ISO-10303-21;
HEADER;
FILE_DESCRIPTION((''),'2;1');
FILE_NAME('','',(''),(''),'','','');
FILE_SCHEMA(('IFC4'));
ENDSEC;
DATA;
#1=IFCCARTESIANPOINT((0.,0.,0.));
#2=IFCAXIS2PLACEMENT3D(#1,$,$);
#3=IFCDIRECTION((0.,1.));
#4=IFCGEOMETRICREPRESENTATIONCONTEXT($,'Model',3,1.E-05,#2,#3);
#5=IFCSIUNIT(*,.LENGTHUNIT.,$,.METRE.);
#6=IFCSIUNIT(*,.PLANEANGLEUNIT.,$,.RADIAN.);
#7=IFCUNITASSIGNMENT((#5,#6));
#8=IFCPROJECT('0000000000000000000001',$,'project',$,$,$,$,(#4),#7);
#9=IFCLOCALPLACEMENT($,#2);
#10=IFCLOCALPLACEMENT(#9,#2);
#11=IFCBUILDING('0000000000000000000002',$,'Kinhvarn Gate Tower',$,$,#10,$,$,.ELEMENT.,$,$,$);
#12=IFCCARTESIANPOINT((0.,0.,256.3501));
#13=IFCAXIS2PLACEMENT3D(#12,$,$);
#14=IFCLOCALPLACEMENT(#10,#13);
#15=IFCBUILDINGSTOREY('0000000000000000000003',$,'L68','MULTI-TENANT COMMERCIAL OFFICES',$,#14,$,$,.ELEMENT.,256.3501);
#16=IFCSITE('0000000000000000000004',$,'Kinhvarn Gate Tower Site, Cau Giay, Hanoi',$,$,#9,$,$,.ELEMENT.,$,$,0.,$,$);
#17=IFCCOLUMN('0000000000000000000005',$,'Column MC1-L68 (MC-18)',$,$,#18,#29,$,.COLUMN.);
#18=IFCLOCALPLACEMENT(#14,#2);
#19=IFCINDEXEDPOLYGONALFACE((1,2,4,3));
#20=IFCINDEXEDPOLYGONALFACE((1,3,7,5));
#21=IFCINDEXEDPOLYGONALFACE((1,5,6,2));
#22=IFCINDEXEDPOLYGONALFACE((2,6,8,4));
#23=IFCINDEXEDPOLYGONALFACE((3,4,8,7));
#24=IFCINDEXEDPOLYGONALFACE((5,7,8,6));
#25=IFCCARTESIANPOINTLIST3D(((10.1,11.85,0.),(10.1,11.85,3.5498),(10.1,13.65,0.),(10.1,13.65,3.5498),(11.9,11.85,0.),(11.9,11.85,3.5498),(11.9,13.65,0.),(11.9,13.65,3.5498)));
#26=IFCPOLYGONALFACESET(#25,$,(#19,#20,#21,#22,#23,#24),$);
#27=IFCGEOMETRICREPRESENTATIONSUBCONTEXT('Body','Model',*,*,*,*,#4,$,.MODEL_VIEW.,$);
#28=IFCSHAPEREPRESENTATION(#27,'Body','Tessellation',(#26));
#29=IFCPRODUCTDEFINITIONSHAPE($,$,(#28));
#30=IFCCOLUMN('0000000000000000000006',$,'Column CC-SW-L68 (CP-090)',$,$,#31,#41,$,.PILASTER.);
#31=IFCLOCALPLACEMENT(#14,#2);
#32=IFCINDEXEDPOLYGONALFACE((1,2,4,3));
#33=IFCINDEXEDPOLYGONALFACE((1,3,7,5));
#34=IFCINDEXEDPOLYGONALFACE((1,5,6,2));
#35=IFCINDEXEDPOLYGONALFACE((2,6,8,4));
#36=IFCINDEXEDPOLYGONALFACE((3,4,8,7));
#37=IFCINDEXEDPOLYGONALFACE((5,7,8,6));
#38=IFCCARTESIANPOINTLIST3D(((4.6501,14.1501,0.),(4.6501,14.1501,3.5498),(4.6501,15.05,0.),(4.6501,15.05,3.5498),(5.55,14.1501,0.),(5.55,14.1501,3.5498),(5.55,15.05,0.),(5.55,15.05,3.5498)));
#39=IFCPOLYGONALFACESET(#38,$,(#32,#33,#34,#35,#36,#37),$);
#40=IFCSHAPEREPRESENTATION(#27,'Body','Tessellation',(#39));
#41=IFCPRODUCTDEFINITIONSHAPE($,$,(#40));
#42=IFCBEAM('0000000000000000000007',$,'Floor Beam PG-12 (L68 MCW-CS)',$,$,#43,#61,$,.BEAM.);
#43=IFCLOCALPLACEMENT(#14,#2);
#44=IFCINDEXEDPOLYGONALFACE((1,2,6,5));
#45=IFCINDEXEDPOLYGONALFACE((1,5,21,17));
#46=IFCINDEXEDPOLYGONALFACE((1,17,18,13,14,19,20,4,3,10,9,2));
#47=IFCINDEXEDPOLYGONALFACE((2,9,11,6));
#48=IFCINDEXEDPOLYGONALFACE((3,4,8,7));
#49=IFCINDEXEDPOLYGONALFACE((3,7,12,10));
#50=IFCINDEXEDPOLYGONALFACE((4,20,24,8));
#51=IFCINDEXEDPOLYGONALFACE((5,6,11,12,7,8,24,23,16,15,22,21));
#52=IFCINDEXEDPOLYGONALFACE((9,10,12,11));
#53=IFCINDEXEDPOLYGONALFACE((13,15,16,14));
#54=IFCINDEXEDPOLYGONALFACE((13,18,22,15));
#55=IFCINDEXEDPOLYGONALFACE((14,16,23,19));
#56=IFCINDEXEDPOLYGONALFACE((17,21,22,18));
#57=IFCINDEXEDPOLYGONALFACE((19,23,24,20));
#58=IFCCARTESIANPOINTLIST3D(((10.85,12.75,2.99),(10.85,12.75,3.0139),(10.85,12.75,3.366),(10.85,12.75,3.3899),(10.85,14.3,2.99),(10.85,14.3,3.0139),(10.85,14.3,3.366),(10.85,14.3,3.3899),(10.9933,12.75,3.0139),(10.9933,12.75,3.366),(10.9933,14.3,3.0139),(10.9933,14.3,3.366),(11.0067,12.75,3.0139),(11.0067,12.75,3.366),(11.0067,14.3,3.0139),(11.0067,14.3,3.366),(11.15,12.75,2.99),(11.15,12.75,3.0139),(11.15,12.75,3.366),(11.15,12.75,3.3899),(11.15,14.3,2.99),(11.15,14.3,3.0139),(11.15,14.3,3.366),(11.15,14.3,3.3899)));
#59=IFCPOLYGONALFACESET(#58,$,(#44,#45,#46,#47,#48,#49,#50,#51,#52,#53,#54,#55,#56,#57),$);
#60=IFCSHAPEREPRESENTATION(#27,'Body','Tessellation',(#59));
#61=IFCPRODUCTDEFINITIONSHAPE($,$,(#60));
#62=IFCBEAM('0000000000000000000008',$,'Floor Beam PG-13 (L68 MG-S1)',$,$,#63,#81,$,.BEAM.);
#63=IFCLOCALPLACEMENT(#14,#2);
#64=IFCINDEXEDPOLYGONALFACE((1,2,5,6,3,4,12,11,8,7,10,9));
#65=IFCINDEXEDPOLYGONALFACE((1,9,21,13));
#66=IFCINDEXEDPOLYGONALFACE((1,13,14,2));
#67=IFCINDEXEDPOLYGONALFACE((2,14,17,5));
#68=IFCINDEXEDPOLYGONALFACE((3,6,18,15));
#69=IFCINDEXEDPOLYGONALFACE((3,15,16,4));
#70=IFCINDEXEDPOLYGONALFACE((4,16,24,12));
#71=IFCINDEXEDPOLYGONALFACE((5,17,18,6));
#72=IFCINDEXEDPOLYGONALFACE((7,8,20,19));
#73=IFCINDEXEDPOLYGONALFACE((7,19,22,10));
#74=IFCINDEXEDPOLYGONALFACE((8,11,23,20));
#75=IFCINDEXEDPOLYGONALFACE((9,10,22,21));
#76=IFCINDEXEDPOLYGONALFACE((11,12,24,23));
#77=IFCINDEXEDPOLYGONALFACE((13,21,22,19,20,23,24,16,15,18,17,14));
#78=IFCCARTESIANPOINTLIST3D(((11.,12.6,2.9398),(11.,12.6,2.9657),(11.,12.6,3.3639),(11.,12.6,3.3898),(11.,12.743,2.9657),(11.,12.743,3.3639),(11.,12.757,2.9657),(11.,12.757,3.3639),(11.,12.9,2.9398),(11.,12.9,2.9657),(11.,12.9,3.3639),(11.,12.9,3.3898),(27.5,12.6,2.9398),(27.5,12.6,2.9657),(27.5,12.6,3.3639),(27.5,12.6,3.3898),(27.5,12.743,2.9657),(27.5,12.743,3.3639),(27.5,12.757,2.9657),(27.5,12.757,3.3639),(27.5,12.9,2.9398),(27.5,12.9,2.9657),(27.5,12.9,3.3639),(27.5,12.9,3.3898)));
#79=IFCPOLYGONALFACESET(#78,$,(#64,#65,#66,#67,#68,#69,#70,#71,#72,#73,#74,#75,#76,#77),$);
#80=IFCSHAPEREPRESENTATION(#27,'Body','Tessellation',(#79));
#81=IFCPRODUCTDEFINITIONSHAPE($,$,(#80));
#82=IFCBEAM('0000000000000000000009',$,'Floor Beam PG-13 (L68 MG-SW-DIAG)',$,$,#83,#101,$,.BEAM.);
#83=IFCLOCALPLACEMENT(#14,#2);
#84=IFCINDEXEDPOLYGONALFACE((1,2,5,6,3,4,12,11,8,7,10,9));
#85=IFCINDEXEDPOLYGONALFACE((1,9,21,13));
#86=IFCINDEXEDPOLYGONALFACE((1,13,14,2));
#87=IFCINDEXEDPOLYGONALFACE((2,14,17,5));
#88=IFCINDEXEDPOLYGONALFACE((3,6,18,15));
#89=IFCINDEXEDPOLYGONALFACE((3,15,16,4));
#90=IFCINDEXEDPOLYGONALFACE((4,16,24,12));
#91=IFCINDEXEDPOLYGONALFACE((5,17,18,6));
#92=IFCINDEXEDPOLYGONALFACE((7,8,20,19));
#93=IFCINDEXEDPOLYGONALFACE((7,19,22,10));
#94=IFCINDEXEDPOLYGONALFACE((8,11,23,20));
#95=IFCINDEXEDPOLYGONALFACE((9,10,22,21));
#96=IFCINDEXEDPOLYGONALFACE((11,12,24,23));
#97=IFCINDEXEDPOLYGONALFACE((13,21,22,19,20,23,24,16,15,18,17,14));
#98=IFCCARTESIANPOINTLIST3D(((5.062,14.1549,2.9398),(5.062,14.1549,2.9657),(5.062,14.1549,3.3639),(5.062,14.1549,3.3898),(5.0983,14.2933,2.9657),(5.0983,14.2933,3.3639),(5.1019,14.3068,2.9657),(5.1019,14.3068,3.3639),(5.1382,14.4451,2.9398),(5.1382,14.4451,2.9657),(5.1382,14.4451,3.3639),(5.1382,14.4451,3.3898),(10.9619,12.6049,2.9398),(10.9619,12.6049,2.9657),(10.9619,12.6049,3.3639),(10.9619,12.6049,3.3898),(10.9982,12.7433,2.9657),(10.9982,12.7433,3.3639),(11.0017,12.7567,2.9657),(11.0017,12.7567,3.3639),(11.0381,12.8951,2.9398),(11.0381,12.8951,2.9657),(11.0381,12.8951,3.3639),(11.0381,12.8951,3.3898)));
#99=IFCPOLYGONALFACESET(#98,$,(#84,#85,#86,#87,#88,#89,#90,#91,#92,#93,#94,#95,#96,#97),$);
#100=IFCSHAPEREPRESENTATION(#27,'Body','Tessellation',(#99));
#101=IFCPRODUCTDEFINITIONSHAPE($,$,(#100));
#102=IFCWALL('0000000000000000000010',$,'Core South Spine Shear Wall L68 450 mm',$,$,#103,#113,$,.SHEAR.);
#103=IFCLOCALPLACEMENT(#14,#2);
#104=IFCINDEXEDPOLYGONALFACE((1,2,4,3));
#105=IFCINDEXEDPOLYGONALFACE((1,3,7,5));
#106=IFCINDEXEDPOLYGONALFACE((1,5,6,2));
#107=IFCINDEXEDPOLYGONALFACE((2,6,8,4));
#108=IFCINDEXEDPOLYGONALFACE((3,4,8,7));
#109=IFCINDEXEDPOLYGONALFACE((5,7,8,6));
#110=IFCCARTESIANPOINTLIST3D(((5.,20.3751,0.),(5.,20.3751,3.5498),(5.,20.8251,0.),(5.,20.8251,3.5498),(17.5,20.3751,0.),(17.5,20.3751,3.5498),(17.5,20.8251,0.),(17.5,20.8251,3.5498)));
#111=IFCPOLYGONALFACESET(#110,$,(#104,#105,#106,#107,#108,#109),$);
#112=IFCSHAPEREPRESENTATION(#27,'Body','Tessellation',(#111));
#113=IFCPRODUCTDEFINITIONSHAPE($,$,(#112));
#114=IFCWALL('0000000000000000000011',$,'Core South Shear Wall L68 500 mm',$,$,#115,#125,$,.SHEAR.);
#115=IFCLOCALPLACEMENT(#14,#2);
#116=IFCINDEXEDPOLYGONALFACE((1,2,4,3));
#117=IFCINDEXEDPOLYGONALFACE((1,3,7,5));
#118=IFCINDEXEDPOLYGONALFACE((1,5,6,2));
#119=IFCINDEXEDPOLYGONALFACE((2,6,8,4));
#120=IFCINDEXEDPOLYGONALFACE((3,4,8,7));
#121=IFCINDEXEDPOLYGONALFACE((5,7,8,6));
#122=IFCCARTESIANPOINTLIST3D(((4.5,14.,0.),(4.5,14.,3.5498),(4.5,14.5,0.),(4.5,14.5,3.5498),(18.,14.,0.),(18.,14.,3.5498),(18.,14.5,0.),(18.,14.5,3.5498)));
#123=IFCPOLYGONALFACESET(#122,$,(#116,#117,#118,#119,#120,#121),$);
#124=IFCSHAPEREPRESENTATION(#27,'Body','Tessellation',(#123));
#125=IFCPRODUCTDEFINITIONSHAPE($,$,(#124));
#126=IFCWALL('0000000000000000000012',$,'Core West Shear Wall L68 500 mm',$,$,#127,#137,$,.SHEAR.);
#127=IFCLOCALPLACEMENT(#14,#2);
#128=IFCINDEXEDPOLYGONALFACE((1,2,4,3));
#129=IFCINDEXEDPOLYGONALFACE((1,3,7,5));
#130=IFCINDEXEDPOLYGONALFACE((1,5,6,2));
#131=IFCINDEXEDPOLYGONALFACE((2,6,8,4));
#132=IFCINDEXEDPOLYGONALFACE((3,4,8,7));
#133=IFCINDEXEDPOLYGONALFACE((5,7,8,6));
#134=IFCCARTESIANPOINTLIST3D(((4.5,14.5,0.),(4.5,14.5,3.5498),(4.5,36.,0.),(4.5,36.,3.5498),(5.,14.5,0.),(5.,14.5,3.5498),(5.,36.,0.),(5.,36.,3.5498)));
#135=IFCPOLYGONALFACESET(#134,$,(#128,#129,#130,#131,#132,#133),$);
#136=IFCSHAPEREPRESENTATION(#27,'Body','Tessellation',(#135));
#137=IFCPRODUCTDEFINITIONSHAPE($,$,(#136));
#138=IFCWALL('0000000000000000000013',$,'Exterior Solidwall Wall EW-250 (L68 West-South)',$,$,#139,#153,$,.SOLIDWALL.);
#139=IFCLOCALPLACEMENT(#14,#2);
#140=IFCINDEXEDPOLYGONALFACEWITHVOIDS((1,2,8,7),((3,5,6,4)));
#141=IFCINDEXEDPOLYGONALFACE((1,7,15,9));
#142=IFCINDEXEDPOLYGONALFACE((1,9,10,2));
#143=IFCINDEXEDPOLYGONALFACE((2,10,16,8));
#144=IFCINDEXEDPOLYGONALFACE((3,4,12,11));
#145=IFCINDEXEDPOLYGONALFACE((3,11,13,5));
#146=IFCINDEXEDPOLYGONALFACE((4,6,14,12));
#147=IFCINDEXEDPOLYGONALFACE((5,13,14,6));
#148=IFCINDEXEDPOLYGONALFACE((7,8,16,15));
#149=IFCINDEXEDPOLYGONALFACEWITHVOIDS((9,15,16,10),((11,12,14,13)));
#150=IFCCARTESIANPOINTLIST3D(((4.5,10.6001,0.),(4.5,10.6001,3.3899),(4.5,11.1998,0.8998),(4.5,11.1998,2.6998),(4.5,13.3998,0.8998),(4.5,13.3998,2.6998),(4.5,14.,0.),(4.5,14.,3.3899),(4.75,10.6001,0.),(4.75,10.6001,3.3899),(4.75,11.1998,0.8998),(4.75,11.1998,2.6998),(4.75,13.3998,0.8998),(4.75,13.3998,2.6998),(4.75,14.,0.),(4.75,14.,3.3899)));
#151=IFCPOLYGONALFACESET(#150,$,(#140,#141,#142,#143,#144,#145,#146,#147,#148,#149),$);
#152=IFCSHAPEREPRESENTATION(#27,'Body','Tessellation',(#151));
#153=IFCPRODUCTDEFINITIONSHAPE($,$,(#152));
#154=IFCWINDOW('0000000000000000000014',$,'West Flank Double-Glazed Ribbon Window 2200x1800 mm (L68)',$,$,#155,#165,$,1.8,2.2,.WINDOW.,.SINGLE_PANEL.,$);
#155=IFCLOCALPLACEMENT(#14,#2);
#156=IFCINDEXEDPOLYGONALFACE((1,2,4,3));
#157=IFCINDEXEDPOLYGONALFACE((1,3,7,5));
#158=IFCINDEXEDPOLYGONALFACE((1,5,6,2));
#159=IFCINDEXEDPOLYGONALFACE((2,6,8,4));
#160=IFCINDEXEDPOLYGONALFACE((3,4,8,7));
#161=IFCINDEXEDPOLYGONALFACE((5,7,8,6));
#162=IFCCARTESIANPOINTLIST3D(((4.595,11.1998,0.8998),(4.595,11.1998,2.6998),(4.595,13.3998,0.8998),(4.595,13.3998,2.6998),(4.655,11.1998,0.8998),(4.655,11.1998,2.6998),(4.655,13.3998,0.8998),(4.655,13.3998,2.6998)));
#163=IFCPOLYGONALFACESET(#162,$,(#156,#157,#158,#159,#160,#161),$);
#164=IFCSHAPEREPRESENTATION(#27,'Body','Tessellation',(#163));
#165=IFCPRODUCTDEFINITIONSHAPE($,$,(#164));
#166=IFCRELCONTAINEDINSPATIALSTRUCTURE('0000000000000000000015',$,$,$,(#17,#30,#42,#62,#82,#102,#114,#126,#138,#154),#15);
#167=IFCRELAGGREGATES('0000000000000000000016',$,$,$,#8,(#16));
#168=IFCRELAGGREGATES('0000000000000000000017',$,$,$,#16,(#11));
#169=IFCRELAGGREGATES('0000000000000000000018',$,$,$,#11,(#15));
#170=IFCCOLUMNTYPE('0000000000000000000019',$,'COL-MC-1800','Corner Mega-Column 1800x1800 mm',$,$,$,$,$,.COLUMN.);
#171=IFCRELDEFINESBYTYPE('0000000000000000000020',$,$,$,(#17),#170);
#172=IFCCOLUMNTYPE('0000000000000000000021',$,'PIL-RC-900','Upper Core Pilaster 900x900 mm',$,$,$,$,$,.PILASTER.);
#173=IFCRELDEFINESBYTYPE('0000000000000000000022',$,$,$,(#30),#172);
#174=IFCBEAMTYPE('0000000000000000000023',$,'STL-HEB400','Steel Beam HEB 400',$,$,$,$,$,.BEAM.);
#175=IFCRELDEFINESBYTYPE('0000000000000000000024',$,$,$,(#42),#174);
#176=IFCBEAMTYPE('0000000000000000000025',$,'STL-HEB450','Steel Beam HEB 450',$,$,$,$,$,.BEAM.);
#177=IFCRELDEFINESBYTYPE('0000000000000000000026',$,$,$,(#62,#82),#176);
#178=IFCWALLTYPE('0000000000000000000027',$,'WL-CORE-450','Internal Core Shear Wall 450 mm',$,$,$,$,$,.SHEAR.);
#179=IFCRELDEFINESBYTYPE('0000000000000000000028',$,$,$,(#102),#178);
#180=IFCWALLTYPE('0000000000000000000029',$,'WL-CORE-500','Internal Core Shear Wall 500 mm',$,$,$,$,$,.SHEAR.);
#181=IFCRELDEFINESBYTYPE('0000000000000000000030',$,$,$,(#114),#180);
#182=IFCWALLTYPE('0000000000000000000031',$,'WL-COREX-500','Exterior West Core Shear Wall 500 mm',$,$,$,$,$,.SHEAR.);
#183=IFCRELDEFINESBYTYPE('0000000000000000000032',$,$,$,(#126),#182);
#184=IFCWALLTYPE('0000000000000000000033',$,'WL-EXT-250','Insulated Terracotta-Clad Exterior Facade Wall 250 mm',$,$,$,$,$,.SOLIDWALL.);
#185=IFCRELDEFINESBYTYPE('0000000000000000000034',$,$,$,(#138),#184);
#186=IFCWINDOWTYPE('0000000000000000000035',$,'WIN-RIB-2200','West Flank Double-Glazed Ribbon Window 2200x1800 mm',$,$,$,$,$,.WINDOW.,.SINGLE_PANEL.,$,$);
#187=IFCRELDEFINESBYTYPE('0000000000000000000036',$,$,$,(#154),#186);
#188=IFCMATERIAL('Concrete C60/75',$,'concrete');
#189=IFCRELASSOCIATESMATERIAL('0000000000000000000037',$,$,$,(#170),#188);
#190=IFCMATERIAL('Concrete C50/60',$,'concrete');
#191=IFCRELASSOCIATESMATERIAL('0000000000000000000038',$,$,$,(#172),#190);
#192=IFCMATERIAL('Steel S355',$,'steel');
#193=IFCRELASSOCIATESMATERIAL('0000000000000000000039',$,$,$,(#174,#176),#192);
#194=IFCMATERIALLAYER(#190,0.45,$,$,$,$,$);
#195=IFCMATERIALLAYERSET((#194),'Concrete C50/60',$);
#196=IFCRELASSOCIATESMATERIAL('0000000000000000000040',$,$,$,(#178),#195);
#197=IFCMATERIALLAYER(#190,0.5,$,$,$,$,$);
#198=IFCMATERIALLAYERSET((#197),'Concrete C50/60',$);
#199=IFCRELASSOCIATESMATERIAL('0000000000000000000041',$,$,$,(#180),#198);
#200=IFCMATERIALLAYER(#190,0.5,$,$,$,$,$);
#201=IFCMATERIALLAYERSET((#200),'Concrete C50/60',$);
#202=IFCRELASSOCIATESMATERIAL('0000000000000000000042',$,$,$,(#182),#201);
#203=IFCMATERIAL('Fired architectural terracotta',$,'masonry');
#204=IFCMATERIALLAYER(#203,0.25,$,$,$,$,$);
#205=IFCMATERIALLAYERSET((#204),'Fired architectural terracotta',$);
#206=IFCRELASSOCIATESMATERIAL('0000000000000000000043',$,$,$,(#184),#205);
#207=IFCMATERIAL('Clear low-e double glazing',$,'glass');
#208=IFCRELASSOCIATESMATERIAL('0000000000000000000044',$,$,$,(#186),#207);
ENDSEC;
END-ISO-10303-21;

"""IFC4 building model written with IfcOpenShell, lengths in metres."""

from ifc_helpers import new_model, si_unit, direction, frame, frame_2d, origin, origin_2d, place, context, subcontext, project, spatial, rectangle, i_section, extrude, material, layer, layer_set, material_profile, profile_set, type_object, element, fill, save


model = new_model("IFC4")

# Units and contexts
model_context = context("Model", 3, precision=1e-05, world=origin(), true_north=direction((0.0, 1.0)))
body_context = subcontext(model_context, "Body", "Model", "MODEL_VIEW")
ifc_project = project(units=[si_unit("LENGTHUNIT", "METRE"), si_unit("PLANEANGLEUNIT", "RADIAN")], contexts=[model_context])

# Site, building, storey
site_placement = place(None, origin())
site = spatial("IfcSite", under=ifc_project, at=site_placement, Name="Kinhvarn Gate Tower Site, Cau Giay, Hanoi", CompositionType="ELEMENT", RefElevation=0.0)
building_placement = place(site_placement, origin())
building = spatial("IfcBuilding", under=site, at=building_placement, Name="Kinhvarn Gate Tower", CompositionType="ELEMENT")
storey_placement = place(building_placement, frame((0.0, 0.0, 256.3501)))
storey = spatial("IfcBuildingStorey", under=building, at=storey_placement, Name="L68", Description="MULTI-TENANT COMMERCIAL OFFICES", CompositionType="ELEMENT", Elevation=256.3501)

# Columns
ifc_material_1 = material(Name="Concrete C60/75", Category="concrete")
ifc_material_profile_1 = material_profile(ifc_material_1, rectangle(XDim=1.8, YDim=1.8, at=origin_2d()), Name="RC 1800x1800")
ifc_profile_set_1 = profile_set([ifc_material_profile_1], Name="Concrete C60/75")
column_type_1 = type_object("IfcColumnType", Name="COL-MC-1800", Description="Corner Mega-Column 1800x1800 mm", PredefinedType="COLUMN", material=ifc_profile_set_1)
column_1_placement = place(storey_placement, frame((11.0, 12.75, 0.0), z_axis=(0.0, 0.0, 1.0), x_axis=(1.0, 0.0, 0.0)))
element("IfcColumn", 1, at=column_1_placement, inside=storey, type_object=column_type_1, Name="Column MC1-L68 (MC-18)", PredefinedType="COLUMN", context=body_context, shape_type="SweptSolid", body=[
    extrude(rectangle(XDim=1.8, YDim=1.8, at=origin_2d()), origin(), (0.0, 0.0, 1.0), 3.5498),
])
ifc_material_2 = material(Name="Concrete C50/60", Category="concrete")
ifc_material_profile_2 = material_profile(ifc_material_2, rectangle(XDim=0.8999, YDim=0.8999, at=origin_2d()), Name="RC 900x900")
ifc_profile_set_2 = profile_set([ifc_material_profile_2], Name="Concrete C50/60")
column_type_2 = type_object("IfcColumnType", Name="PIL-RC-900", Description="Upper Core Pilaster 900x900 mm", PredefinedType="PILASTER", material=ifc_profile_set_2)
column_2_placement = place(storey_placement, frame((5.1001, 14.6001, 0.0), z_axis=(0.0, 0.0, 1.0), x_axis=(1.0, 0.0, 0.0)))
element("IfcColumn", 2, at=column_2_placement, inside=storey, type_object=column_type_2, Name="Column CC-SW-L68 (CP-090)", PredefinedType="PILASTER", context=body_context, shape_type="SweptSolid", body=[
    extrude(rectangle(XDim=0.8999, YDim=0.8999, at=origin_2d()), origin(), (0.0, 0.0, 1.0), 3.5498),
])

# Beams
ifc_material_3 = material(Name="Steel S355", Category="steel")
ifc_material_profile_3 = material_profile(ifc_material_3, i_section(OverallWidth=0.3, OverallDepth=0.3999, WebThickness=0.0134, FlangeThickness=0.0239, at=origin_2d()), Name="HEB 400")
ifc_profile_set_3 = profile_set([ifc_material_profile_3], Name="Steel S355")
beam_type_1 = type_object("IfcBeamType", Name="STL-HEB400", Description="Steel Beam HEB 400", PredefinedType="BEAM", material=ifc_profile_set_3)
beam_1_placement = place(storey_placement, frame((11.0, 12.75, 3.1899), z_axis=(0.0, 1.0, 0.0), x_axis=(-1.0, 0.0, 0.0)))
element("IfcBeam", 3, at=beam_1_placement, inside=storey, type_object=beam_type_1, Name="Floor Beam PG-12 (L68 MCW-CS)", PredefinedType="BEAM", context=body_context, shape_type="SweptSolid", body=[
    extrude(i_section(OverallWidth=0.3, OverallDepth=0.3999, WebThickness=0.0134, FlangeThickness=0.0239, at=origin_2d()), origin(), (0.0, 0.0, 1.0), 1.55),
])
ifc_material_profile_4 = material_profile(ifc_material_3, i_section(OverallWidth=0.3, OverallDepth=0.45, WebThickness=0.0139, FlangeThickness=0.0259, at=origin_2d()), Name="HEB 450")
ifc_profile_set_4 = profile_set([ifc_material_profile_4], Name="Steel S355")
beam_type_2 = type_object("IfcBeamType", Name="STL-HEB450", Description="Steel Beam HEB 450", PredefinedType="BEAM", material=ifc_profile_set_4)
beam_2_placement = place(storey_placement, frame((11.0, 12.75, 3.1648), z_axis=(1.0, 0.0, 0.0), x_axis=(0.0, 1.0, 0.0)))
element("IfcBeam", 4, at=beam_2_placement, inside=storey, type_object=beam_type_2, Name="Floor Beam PG-13 (L68 MG-S1)", PredefinedType="BEAM", context=body_context, shape_type="SweptSolid", body=[
    extrude(i_section(OverallWidth=0.3, OverallDepth=0.45, WebThickness=0.0139, FlangeThickness=0.0259, at=origin_2d()), origin(), (0.0, 0.0, 1.0), 16.5),
])
beam_3_placement = place(storey_placement, frame((5.1001, 14.3, 3.1648), z_axis=(0.967178, -0.254101, 0.0), x_axis=(0.254101, 0.967178, 0.0)))
element("IfcBeam", 5, at=beam_3_placement, inside=storey, type_object=beam_type_2, Name="Floor Beam PG-13 (L68 MG-SW-DIAG)", PredefinedType="BEAM", context=body_context, shape_type="SweptSolid", body=[
    extrude(i_section(OverallWidth=0.3, OverallDepth=0.45, WebThickness=0.0139, FlangeThickness=0.0259, at=origin_2d()), origin(), (0.0, 0.0, 1.0), 6.1001),
])

# Walls
ifc_layer_1 = layer(ifc_material_2, 0.45)
ifc_layer_set_1 = layer_set([ifc_layer_1], Name="Concrete C50/60")
wall_type_1 = type_object("IfcWallType", Name="WL-CORE-450", Description="Internal Core Shear Wall 450 mm", PredefinedType="SHEAR", material=ifc_layer_set_1)
wall_1_placement = place(storey_placement, frame((5.0, 20.6001, 0.0), z_axis=(0.0, 0.0, 1.0), x_axis=(1.0, 0.0, 0.0)))
element("IfcWall", 6, at=wall_1_placement, inside=storey, type_object=wall_type_1, Name="Core South Spine Shear Wall L68 450 mm", PredefinedType="SHEAR", context=body_context, shape_type="SweptSolid", body=[
    extrude(rectangle(XDim=12.5, YDim=0.45, at=frame_2d((6.25, 0.0))), origin(), (0.0, 0.0, 1.0), 3.5498),
])
ifc_layer_2 = layer(ifc_material_2, 0.5)
ifc_layer_set_2 = layer_set([ifc_layer_2], Name="Concrete C50/60")
wall_type_2 = type_object("IfcWallType", Name="WL-CORE-500", Description="Internal Core Shear Wall 500 mm", PredefinedType="SHEAR", material=ifc_layer_set_2)
wall_2_placement = place(storey_placement, frame((4.5, 14.25, 0.0), z_axis=(0.0, 0.0, 1.0), x_axis=(1.0, 0.0, 0.0)))
element("IfcWall", 7, at=wall_2_placement, inside=storey, type_object=wall_type_2, Name="Core South Shear Wall L68 500 mm", PredefinedType="SHEAR", context=body_context, shape_type="SweptSolid", body=[
    extrude(rectangle(XDim=13.5, YDim=0.5, at=frame_2d((6.75, 0.0))), origin(), (0.0, 0.0, 1.0), 3.5498),
])
ifc_layer_3 = layer(ifc_material_2, 0.5)
ifc_layer_set_3 = layer_set([ifc_layer_3], Name="Concrete C50/60")
wall_type_3 = type_object("IfcWallType", Name="WL-COREX-500", Description="Exterior West Core Shear Wall 500 mm", PredefinedType="SHEAR", material=ifc_layer_set_3)
wall_3_placement = place(storey_placement, frame((4.75, 14.5, 0.0), z_axis=(0.0, 0.0, 1.0), x_axis=(0.0, 1.0, 0.0)))
element("IfcWall", 8, at=wall_3_placement, inside=storey, type_object=wall_type_3, Name="Core West Shear Wall L68 500 mm", PredefinedType="SHEAR", context=body_context, shape_type="SweptSolid", body=[
    extrude(rectangle(XDim=21.5, YDim=0.5, at=frame_2d((10.75, 0.0))), origin(), (0.0, 0.0, 1.0), 3.5498),
])

# Wall, opening, window
ifc_material_4 = material(Name="Fired architectural terracotta", Category="masonry")
ifc_layer_4 = layer(ifc_material_4, 0.25)
ifc_layer_set_4 = layer_set([ifc_layer_4], Name="Fired architectural terracotta")
wall_type_4 = type_object("IfcWallType", Name="WL-EXT-250", Description="Insulated Terracotta-Clad Exterior Facade Wall 250 mm", PredefinedType="SOLIDWALL", material=ifc_layer_set_4)
wall_4_placement = place(storey_placement, frame((4.625, 14.0, 0.0), z_axis=(0.0, 0.0, 1.0), x_axis=(0.0, -1.0, 0.0)))
wall_4 = element("IfcWall", 9, at=wall_4_placement, inside=storey, type_object=wall_type_4, Name="Exterior Solidwall Wall EW-250 (L68 West-South)", PredefinedType="SOLIDWALL", context=body_context, shape_type="SweptSolid", body=[
    extrude(rectangle(XDim=3.3999, YDim=0.25, at=frame_2d((1.7, 0.0))), origin(), (0.0, 0.0, 1.0), 3.3899),
])
opening_1_placement = place(wall_4_placement, frame((0.6001, 0.0, 0.8999)))
opening_1 = element("IfcOpeningElement", 10, at=opening_1_placement, cuts=wall_4, PredefinedType="OPENING", context=body_context, shape_type="SweptSolid", body=[
    extrude(rectangle(XDim=2.2, YDim=1.8, at=frame_2d((1.1001, 0.8999))), frame((0.0, 0.135, 0.0), z_axis=(0.0, -1.0, 0.0), x_axis=(1.0, 0.0, 0.0)), (0.0, 0.0, 1.0), 0.27),
])
ifc_material_5 = material(Name="Clear low-e double glazing", Category="glass")
window_type_1 = type_object("IfcWindowType", Name="WIN-RIB-2200", Description="West Flank Double-Glazed Ribbon Window 2200x1800 mm", PartitioningType="SINGLE_PANEL", PredefinedType="WINDOW", material=ifc_material_5)
window_1_placement = place(opening_1_placement, origin())
window_1 = element("IfcWindow", 11, at=window_1_placement, inside=storey, type_object=window_type_1, Name="West Flank Double-Glazed Ribbon Window 2200x1800 mm (L68)", OverallHeight=1.8, OverallWidth=2.2, PartitioningType="SINGLE_PANEL", PredefinedType="WINDOW", context=body_context, shape_type="SweptSolid", body=[
    extrude(rectangle(XDim=2.2, YDim=1.8, at=frame_2d((1.1001, 0.8999))), frame((0.0, 0.03, 0.0), z_axis=(0.0, -1.0, 0.0), x_axis=(1.0, 0.0, 0.0)), (0.0, 0.0, 1.0), 0.0601),
])
fill(opening_1, window_1)

save(model, "model.ifc")
